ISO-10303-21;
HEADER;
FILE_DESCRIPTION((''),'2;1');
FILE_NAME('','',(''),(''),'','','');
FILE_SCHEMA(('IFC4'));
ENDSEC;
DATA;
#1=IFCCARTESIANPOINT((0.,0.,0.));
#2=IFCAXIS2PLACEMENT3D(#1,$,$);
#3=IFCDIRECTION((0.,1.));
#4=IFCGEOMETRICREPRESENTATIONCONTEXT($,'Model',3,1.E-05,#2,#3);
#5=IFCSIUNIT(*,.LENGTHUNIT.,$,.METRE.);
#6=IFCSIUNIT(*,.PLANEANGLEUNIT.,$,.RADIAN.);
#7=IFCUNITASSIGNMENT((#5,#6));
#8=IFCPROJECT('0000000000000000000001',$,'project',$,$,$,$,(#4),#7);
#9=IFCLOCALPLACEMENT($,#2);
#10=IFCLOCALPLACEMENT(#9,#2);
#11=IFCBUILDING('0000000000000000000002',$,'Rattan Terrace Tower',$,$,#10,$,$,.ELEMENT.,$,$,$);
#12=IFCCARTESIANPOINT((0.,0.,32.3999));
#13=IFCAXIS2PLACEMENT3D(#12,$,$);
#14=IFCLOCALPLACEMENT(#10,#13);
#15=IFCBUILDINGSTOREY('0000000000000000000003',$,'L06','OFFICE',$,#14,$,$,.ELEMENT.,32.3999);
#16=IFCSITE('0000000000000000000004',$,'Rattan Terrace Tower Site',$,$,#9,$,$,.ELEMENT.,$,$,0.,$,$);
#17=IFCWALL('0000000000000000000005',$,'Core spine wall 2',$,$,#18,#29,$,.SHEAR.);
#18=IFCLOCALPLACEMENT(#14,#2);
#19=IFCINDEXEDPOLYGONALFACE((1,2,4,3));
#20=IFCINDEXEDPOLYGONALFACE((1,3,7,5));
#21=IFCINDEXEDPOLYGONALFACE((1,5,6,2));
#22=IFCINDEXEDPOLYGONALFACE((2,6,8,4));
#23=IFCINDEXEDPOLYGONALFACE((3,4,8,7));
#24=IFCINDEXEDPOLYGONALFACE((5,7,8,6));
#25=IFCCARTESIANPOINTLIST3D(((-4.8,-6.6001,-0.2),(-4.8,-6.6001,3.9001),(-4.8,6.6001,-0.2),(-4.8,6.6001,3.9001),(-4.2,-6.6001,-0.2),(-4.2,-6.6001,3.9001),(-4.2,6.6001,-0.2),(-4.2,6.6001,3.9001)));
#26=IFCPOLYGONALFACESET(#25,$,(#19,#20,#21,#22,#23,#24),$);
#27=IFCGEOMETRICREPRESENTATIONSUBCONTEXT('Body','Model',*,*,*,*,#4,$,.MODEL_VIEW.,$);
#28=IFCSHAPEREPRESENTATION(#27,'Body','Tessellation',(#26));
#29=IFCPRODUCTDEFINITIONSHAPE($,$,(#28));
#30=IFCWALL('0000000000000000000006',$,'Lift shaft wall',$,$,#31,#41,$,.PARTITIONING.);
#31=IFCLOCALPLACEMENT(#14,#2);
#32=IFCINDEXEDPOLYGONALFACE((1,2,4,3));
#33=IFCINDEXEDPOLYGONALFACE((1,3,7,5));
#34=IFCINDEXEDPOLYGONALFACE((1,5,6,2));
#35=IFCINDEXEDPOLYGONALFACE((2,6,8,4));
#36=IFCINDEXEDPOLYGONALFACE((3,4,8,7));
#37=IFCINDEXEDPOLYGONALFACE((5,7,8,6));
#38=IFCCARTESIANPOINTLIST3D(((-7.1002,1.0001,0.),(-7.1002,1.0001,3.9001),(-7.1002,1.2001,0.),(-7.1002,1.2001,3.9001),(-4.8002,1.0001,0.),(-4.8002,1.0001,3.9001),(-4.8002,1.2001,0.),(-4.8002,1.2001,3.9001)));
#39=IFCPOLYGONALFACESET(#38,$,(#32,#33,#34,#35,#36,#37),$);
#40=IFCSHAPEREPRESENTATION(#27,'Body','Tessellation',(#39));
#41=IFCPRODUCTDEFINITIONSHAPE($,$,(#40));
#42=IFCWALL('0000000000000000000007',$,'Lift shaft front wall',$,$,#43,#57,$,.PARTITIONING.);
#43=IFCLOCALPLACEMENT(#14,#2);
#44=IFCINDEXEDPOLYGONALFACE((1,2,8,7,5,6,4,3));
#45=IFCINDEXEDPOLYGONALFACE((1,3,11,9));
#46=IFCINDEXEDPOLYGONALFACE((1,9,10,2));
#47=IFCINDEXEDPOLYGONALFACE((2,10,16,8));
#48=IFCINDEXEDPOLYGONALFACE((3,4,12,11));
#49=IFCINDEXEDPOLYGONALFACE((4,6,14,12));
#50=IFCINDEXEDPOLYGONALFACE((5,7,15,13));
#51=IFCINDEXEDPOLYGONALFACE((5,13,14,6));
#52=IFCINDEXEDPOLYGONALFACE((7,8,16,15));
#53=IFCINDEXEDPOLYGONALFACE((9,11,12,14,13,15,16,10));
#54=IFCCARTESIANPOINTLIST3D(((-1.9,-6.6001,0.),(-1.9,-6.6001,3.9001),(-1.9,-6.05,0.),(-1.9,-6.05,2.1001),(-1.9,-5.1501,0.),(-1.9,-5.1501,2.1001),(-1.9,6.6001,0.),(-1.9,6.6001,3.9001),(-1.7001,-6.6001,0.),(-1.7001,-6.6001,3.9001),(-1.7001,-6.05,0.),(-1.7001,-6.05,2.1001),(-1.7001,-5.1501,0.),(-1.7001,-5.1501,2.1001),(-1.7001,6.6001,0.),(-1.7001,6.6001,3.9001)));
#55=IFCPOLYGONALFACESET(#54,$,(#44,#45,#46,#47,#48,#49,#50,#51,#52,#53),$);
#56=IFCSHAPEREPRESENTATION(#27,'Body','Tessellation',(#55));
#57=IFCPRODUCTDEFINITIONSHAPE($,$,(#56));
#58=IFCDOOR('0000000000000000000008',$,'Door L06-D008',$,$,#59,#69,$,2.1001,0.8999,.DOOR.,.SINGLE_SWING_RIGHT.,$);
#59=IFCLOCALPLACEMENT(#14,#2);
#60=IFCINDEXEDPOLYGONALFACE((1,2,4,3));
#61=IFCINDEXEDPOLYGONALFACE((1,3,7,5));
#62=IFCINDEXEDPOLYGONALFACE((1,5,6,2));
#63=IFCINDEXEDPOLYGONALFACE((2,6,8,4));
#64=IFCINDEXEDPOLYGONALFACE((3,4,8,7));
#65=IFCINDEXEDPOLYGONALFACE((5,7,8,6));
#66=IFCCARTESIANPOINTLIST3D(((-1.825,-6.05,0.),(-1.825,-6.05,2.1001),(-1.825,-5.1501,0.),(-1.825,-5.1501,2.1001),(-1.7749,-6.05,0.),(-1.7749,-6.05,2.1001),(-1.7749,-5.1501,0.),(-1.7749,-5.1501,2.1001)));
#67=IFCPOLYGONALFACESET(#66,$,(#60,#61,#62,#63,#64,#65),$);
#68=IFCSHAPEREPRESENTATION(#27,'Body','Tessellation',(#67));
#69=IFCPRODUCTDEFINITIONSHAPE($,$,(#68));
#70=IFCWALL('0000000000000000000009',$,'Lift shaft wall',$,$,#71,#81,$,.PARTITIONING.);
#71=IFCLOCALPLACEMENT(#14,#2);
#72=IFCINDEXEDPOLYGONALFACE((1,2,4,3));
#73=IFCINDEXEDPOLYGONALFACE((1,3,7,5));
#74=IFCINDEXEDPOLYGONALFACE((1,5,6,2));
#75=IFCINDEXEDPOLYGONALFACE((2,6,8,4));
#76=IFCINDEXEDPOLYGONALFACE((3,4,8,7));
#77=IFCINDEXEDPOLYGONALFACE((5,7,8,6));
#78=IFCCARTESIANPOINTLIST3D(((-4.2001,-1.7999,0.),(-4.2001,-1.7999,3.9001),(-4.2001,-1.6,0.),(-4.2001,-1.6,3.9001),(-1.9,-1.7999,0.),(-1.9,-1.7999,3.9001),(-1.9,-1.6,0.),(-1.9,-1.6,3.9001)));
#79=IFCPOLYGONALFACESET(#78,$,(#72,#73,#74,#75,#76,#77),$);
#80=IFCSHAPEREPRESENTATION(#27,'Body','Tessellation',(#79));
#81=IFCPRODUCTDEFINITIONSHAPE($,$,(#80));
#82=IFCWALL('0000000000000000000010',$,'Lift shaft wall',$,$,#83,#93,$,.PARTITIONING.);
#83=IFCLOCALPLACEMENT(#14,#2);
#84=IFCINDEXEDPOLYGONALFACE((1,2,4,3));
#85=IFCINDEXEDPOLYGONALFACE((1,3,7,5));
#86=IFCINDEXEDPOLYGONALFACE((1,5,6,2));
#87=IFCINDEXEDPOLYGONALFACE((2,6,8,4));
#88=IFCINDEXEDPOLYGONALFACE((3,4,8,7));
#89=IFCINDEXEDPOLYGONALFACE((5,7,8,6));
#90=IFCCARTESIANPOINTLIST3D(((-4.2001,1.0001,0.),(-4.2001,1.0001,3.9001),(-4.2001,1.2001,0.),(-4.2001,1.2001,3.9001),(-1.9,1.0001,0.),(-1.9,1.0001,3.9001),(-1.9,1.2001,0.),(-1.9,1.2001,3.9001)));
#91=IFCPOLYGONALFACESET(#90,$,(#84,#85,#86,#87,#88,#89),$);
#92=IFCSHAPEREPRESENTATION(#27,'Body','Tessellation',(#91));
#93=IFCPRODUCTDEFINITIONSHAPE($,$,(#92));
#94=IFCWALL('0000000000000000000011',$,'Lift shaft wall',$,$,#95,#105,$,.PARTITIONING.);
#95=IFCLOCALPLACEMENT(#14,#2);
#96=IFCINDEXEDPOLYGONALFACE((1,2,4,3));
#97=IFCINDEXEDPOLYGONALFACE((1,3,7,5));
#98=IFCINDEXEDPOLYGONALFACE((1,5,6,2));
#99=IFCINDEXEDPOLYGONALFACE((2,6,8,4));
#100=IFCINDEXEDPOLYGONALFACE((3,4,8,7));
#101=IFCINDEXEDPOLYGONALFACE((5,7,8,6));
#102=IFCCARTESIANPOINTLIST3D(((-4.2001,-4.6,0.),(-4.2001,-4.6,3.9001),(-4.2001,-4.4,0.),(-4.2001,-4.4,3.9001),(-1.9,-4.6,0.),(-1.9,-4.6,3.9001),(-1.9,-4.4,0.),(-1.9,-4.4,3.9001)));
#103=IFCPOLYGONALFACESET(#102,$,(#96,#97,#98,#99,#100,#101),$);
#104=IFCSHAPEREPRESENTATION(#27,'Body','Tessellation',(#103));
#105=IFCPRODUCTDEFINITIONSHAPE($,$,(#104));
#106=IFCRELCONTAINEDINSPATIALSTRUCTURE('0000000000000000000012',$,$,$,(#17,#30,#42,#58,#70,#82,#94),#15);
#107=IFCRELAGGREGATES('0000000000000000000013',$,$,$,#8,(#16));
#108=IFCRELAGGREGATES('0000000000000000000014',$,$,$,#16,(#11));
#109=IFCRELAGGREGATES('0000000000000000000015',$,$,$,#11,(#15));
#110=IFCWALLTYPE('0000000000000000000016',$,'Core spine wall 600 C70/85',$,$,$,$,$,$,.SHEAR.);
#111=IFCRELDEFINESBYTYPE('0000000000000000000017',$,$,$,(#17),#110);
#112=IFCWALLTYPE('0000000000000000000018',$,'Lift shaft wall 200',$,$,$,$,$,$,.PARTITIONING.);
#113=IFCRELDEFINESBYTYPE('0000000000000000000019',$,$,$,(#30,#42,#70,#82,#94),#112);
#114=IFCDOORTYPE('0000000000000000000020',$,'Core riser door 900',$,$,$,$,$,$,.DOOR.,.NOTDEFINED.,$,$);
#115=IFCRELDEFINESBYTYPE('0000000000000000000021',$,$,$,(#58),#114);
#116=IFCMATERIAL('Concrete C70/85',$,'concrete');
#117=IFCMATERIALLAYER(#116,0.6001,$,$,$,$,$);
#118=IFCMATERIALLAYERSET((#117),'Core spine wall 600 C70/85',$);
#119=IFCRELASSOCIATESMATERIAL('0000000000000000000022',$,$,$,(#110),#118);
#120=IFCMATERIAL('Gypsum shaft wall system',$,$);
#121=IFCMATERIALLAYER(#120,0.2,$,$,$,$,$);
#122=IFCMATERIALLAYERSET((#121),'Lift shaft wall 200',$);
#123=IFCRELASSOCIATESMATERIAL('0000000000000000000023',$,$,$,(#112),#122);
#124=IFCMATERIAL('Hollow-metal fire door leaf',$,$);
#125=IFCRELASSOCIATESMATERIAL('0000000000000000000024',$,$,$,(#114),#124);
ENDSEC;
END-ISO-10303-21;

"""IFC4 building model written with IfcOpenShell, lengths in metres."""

from ifc_helpers import new_model, si_unit, direction, frame, frame_2d, origin, place, context, subcontext, project, spatial, rectangle, extrude, material, layer, layer_set, type_object, element, fill, save


model = new_model("IFC4")

# Units and contexts
model_context = context("Model", 3, precision=1e-05, world=origin(), true_north=direction((0.0, 1.0)))
body_context = subcontext(model_context, "Body", "Model", "MODEL_VIEW")
ifc_project = project(units=[si_unit("LENGTHUNIT", "METRE"), si_unit("PLANEANGLEUNIT", "RADIAN")], contexts=[model_context])

# Site, building, storey
site_placement = place(None, origin())
site = spatial("IfcSite", under=ifc_project, at=site_placement, Name="Rattan Terrace Tower Site", CompositionType="ELEMENT", RefElevation=0.0)
building_placement = place(site_placement, origin())
building = spatial("IfcBuilding", under=site, at=building_placement, Name="Rattan Terrace Tower", CompositionType="ELEMENT")
storey_placement = place(building_placement, frame((0.0, 0.0, 32.3999)))
storey = spatial("IfcBuildingStorey", under=building, at=storey_placement, Name="L06", Description="OFFICE", CompositionType="ELEMENT", Elevation=32.3999)

# Walls
ifc_material_1 = material(Name="Concrete C70/85", Category="concrete")
ifc_layer_1 = layer(ifc_material_1, 0.6001)
ifc_layer_set_1 = layer_set([ifc_layer_1], Name="Core spine wall 600 C70/85")
wall_type_1 = type_object("IfcWallType", Name="Core spine wall 600 C70/85", PredefinedType="SHEAR", material=ifc_layer_set_1)
wall_1_placement = place(storey_placement, frame((-4.5, -6.6001, -0.2), z_axis=(0.0, 0.0, 1.0), x_axis=(0.0, 1.0, 0.0)))
element("IfcWall", 1, at=wall_1_placement, inside=storey, type_object=wall_type_1, Name="Core spine wall 2", PredefinedType="SHEAR", context=body_context, shape_type="SweptSolid", body=[
    extrude(rectangle(XDim=13.2002, YDim=0.6001, at=frame_2d((6.6001, 0.0))), origin(), (0.0, 0.0, 1.0), 4.1001),
])
ifc_material_2 = material(Name="Gypsum shaft wall system")
ifc_layer_2 = layer(ifc_material_2, 0.2)
ifc_layer_set_2 = layer_set([ifc_layer_2], Name="Lift shaft wall 200")
wall_type_2 = type_object("IfcWallType", Name="Lift shaft wall 200", PredefinedType="PARTITIONING", material=ifc_layer_set_2)
wall_2_placement = place(storey_placement, frame((-7.1001, 1.1001, 0.0), z_axis=(0.0, 0.0, 1.0), x_axis=(1.0, 0.0, 0.0)))
element("IfcWall", 2, at=wall_2_placement, inside=storey, type_object=wall_type_2, Name="Lift shaft wall", PredefinedType="PARTITIONING", context=body_context, shape_type="SweptSolid", body=[
    extrude(rectangle(XDim=2.3, YDim=0.2, at=frame_2d((1.1499, 0.0))), origin(), (0.0, 0.0, 1.0), 3.9001),
])

# Wall, opening, door
wall_3_placement = place(storey_placement, frame((-1.8, -6.6001, 0.0), z_axis=(0.0, 0.0, 1.0), x_axis=(0.0, 1.0, 0.0)))
wall_3 = element("IfcWall", 3, at=wall_3_placement, inside=storey, type_object=wall_type_2, Name="Lift shaft front wall", PredefinedType="PARTITIONING", context=body_context, shape_type="SweptSolid", body=[
    extrude(rectangle(XDim=13.2002, YDim=0.2, at=frame_2d((6.6001, 0.0))), origin(), (0.0, 0.0, 1.0), 3.9001),
])
opening_placement = place(wall_3_placement, frame((0.55, 0.0, 0.0)))
opening = element("IfcOpeningElement", 4, at=opening_placement, cuts=wall_3, PredefinedType="OPENING", context=body_context, shape_type="SweptSolid", body=[
    extrude(rectangle(XDim=0.8999, YDim=2.1001, at=frame_2d((0.45, 1.05))), frame((0.0, 0.1106, 0.0), z_axis=(0.0, -1.0, 0.0), x_axis=(1.0, 0.0, 0.0)), (0.0, 0.0, 1.0), 0.2209),
])
ifc_material_3 = material(Name="Hollow-metal fire door leaf")
door_type = type_object("IfcDoorType", Name="Core riser door 900", OperationType="NOTDEFINED", PredefinedType="DOOR", material=ifc_material_3)
door_placement = place(opening_placement, origin())
door = element("IfcDoor", 5, at=door_placement, inside=storey, type_object=door_type, Name="Door L06-D008", OperationType="SINGLE_SWING_RIGHT", OverallHeight=2.1001, OverallWidth=0.8999, PredefinedType="DOOR", context=body_context, shape_type="SweptSolid", body=[
    extrude(rectangle(XDim=0.8999, YDim=2.1001, at=frame_2d((0.45, 1.05))), frame((0.0, 0.0249, 0.0), z_axis=(0.0, -1.0, 0.0), x_axis=(1.0, 0.0, 0.0)), (0.0, 0.0, 1.0), 0.05),
])
fill(opening, door)

# Walls
for number, where, z_axis, x_axis, name in (
    (6, (-4.2, -1.7, 0.0), (0.0, 0.0, 1.0), (1.0, 0.0, 0.0), "Lift shaft wall"),
    (7, (-4.2, 1.1001, 0.0), (0.0, 0.0, 1.0), (1.0, 0.0, 0.0), "Lift shaft wall"),
    (8, (-4.2, -4.5, 0.0), (0.0, 0.0, 1.0), (1.0, 0.0, 0.0), "Lift shaft wall"),
):
    element("IfcWall", number, at=place(storey_placement, frame(where, z_axis=z_axis, x_axis=x_axis)), inside=storey, type_object=wall_type_2, Name=name, PredefinedType="PARTITIONING", context=body_context, shape_type="SweptSolid", body=[
        extrude(rectangle(XDim=2.3, YDim=0.2, at=frame_2d((1.1499, 0.0))), origin(), (0.0, 0.0, 1.0), 3.9001),
    ])

save(model, "model.ifc")
